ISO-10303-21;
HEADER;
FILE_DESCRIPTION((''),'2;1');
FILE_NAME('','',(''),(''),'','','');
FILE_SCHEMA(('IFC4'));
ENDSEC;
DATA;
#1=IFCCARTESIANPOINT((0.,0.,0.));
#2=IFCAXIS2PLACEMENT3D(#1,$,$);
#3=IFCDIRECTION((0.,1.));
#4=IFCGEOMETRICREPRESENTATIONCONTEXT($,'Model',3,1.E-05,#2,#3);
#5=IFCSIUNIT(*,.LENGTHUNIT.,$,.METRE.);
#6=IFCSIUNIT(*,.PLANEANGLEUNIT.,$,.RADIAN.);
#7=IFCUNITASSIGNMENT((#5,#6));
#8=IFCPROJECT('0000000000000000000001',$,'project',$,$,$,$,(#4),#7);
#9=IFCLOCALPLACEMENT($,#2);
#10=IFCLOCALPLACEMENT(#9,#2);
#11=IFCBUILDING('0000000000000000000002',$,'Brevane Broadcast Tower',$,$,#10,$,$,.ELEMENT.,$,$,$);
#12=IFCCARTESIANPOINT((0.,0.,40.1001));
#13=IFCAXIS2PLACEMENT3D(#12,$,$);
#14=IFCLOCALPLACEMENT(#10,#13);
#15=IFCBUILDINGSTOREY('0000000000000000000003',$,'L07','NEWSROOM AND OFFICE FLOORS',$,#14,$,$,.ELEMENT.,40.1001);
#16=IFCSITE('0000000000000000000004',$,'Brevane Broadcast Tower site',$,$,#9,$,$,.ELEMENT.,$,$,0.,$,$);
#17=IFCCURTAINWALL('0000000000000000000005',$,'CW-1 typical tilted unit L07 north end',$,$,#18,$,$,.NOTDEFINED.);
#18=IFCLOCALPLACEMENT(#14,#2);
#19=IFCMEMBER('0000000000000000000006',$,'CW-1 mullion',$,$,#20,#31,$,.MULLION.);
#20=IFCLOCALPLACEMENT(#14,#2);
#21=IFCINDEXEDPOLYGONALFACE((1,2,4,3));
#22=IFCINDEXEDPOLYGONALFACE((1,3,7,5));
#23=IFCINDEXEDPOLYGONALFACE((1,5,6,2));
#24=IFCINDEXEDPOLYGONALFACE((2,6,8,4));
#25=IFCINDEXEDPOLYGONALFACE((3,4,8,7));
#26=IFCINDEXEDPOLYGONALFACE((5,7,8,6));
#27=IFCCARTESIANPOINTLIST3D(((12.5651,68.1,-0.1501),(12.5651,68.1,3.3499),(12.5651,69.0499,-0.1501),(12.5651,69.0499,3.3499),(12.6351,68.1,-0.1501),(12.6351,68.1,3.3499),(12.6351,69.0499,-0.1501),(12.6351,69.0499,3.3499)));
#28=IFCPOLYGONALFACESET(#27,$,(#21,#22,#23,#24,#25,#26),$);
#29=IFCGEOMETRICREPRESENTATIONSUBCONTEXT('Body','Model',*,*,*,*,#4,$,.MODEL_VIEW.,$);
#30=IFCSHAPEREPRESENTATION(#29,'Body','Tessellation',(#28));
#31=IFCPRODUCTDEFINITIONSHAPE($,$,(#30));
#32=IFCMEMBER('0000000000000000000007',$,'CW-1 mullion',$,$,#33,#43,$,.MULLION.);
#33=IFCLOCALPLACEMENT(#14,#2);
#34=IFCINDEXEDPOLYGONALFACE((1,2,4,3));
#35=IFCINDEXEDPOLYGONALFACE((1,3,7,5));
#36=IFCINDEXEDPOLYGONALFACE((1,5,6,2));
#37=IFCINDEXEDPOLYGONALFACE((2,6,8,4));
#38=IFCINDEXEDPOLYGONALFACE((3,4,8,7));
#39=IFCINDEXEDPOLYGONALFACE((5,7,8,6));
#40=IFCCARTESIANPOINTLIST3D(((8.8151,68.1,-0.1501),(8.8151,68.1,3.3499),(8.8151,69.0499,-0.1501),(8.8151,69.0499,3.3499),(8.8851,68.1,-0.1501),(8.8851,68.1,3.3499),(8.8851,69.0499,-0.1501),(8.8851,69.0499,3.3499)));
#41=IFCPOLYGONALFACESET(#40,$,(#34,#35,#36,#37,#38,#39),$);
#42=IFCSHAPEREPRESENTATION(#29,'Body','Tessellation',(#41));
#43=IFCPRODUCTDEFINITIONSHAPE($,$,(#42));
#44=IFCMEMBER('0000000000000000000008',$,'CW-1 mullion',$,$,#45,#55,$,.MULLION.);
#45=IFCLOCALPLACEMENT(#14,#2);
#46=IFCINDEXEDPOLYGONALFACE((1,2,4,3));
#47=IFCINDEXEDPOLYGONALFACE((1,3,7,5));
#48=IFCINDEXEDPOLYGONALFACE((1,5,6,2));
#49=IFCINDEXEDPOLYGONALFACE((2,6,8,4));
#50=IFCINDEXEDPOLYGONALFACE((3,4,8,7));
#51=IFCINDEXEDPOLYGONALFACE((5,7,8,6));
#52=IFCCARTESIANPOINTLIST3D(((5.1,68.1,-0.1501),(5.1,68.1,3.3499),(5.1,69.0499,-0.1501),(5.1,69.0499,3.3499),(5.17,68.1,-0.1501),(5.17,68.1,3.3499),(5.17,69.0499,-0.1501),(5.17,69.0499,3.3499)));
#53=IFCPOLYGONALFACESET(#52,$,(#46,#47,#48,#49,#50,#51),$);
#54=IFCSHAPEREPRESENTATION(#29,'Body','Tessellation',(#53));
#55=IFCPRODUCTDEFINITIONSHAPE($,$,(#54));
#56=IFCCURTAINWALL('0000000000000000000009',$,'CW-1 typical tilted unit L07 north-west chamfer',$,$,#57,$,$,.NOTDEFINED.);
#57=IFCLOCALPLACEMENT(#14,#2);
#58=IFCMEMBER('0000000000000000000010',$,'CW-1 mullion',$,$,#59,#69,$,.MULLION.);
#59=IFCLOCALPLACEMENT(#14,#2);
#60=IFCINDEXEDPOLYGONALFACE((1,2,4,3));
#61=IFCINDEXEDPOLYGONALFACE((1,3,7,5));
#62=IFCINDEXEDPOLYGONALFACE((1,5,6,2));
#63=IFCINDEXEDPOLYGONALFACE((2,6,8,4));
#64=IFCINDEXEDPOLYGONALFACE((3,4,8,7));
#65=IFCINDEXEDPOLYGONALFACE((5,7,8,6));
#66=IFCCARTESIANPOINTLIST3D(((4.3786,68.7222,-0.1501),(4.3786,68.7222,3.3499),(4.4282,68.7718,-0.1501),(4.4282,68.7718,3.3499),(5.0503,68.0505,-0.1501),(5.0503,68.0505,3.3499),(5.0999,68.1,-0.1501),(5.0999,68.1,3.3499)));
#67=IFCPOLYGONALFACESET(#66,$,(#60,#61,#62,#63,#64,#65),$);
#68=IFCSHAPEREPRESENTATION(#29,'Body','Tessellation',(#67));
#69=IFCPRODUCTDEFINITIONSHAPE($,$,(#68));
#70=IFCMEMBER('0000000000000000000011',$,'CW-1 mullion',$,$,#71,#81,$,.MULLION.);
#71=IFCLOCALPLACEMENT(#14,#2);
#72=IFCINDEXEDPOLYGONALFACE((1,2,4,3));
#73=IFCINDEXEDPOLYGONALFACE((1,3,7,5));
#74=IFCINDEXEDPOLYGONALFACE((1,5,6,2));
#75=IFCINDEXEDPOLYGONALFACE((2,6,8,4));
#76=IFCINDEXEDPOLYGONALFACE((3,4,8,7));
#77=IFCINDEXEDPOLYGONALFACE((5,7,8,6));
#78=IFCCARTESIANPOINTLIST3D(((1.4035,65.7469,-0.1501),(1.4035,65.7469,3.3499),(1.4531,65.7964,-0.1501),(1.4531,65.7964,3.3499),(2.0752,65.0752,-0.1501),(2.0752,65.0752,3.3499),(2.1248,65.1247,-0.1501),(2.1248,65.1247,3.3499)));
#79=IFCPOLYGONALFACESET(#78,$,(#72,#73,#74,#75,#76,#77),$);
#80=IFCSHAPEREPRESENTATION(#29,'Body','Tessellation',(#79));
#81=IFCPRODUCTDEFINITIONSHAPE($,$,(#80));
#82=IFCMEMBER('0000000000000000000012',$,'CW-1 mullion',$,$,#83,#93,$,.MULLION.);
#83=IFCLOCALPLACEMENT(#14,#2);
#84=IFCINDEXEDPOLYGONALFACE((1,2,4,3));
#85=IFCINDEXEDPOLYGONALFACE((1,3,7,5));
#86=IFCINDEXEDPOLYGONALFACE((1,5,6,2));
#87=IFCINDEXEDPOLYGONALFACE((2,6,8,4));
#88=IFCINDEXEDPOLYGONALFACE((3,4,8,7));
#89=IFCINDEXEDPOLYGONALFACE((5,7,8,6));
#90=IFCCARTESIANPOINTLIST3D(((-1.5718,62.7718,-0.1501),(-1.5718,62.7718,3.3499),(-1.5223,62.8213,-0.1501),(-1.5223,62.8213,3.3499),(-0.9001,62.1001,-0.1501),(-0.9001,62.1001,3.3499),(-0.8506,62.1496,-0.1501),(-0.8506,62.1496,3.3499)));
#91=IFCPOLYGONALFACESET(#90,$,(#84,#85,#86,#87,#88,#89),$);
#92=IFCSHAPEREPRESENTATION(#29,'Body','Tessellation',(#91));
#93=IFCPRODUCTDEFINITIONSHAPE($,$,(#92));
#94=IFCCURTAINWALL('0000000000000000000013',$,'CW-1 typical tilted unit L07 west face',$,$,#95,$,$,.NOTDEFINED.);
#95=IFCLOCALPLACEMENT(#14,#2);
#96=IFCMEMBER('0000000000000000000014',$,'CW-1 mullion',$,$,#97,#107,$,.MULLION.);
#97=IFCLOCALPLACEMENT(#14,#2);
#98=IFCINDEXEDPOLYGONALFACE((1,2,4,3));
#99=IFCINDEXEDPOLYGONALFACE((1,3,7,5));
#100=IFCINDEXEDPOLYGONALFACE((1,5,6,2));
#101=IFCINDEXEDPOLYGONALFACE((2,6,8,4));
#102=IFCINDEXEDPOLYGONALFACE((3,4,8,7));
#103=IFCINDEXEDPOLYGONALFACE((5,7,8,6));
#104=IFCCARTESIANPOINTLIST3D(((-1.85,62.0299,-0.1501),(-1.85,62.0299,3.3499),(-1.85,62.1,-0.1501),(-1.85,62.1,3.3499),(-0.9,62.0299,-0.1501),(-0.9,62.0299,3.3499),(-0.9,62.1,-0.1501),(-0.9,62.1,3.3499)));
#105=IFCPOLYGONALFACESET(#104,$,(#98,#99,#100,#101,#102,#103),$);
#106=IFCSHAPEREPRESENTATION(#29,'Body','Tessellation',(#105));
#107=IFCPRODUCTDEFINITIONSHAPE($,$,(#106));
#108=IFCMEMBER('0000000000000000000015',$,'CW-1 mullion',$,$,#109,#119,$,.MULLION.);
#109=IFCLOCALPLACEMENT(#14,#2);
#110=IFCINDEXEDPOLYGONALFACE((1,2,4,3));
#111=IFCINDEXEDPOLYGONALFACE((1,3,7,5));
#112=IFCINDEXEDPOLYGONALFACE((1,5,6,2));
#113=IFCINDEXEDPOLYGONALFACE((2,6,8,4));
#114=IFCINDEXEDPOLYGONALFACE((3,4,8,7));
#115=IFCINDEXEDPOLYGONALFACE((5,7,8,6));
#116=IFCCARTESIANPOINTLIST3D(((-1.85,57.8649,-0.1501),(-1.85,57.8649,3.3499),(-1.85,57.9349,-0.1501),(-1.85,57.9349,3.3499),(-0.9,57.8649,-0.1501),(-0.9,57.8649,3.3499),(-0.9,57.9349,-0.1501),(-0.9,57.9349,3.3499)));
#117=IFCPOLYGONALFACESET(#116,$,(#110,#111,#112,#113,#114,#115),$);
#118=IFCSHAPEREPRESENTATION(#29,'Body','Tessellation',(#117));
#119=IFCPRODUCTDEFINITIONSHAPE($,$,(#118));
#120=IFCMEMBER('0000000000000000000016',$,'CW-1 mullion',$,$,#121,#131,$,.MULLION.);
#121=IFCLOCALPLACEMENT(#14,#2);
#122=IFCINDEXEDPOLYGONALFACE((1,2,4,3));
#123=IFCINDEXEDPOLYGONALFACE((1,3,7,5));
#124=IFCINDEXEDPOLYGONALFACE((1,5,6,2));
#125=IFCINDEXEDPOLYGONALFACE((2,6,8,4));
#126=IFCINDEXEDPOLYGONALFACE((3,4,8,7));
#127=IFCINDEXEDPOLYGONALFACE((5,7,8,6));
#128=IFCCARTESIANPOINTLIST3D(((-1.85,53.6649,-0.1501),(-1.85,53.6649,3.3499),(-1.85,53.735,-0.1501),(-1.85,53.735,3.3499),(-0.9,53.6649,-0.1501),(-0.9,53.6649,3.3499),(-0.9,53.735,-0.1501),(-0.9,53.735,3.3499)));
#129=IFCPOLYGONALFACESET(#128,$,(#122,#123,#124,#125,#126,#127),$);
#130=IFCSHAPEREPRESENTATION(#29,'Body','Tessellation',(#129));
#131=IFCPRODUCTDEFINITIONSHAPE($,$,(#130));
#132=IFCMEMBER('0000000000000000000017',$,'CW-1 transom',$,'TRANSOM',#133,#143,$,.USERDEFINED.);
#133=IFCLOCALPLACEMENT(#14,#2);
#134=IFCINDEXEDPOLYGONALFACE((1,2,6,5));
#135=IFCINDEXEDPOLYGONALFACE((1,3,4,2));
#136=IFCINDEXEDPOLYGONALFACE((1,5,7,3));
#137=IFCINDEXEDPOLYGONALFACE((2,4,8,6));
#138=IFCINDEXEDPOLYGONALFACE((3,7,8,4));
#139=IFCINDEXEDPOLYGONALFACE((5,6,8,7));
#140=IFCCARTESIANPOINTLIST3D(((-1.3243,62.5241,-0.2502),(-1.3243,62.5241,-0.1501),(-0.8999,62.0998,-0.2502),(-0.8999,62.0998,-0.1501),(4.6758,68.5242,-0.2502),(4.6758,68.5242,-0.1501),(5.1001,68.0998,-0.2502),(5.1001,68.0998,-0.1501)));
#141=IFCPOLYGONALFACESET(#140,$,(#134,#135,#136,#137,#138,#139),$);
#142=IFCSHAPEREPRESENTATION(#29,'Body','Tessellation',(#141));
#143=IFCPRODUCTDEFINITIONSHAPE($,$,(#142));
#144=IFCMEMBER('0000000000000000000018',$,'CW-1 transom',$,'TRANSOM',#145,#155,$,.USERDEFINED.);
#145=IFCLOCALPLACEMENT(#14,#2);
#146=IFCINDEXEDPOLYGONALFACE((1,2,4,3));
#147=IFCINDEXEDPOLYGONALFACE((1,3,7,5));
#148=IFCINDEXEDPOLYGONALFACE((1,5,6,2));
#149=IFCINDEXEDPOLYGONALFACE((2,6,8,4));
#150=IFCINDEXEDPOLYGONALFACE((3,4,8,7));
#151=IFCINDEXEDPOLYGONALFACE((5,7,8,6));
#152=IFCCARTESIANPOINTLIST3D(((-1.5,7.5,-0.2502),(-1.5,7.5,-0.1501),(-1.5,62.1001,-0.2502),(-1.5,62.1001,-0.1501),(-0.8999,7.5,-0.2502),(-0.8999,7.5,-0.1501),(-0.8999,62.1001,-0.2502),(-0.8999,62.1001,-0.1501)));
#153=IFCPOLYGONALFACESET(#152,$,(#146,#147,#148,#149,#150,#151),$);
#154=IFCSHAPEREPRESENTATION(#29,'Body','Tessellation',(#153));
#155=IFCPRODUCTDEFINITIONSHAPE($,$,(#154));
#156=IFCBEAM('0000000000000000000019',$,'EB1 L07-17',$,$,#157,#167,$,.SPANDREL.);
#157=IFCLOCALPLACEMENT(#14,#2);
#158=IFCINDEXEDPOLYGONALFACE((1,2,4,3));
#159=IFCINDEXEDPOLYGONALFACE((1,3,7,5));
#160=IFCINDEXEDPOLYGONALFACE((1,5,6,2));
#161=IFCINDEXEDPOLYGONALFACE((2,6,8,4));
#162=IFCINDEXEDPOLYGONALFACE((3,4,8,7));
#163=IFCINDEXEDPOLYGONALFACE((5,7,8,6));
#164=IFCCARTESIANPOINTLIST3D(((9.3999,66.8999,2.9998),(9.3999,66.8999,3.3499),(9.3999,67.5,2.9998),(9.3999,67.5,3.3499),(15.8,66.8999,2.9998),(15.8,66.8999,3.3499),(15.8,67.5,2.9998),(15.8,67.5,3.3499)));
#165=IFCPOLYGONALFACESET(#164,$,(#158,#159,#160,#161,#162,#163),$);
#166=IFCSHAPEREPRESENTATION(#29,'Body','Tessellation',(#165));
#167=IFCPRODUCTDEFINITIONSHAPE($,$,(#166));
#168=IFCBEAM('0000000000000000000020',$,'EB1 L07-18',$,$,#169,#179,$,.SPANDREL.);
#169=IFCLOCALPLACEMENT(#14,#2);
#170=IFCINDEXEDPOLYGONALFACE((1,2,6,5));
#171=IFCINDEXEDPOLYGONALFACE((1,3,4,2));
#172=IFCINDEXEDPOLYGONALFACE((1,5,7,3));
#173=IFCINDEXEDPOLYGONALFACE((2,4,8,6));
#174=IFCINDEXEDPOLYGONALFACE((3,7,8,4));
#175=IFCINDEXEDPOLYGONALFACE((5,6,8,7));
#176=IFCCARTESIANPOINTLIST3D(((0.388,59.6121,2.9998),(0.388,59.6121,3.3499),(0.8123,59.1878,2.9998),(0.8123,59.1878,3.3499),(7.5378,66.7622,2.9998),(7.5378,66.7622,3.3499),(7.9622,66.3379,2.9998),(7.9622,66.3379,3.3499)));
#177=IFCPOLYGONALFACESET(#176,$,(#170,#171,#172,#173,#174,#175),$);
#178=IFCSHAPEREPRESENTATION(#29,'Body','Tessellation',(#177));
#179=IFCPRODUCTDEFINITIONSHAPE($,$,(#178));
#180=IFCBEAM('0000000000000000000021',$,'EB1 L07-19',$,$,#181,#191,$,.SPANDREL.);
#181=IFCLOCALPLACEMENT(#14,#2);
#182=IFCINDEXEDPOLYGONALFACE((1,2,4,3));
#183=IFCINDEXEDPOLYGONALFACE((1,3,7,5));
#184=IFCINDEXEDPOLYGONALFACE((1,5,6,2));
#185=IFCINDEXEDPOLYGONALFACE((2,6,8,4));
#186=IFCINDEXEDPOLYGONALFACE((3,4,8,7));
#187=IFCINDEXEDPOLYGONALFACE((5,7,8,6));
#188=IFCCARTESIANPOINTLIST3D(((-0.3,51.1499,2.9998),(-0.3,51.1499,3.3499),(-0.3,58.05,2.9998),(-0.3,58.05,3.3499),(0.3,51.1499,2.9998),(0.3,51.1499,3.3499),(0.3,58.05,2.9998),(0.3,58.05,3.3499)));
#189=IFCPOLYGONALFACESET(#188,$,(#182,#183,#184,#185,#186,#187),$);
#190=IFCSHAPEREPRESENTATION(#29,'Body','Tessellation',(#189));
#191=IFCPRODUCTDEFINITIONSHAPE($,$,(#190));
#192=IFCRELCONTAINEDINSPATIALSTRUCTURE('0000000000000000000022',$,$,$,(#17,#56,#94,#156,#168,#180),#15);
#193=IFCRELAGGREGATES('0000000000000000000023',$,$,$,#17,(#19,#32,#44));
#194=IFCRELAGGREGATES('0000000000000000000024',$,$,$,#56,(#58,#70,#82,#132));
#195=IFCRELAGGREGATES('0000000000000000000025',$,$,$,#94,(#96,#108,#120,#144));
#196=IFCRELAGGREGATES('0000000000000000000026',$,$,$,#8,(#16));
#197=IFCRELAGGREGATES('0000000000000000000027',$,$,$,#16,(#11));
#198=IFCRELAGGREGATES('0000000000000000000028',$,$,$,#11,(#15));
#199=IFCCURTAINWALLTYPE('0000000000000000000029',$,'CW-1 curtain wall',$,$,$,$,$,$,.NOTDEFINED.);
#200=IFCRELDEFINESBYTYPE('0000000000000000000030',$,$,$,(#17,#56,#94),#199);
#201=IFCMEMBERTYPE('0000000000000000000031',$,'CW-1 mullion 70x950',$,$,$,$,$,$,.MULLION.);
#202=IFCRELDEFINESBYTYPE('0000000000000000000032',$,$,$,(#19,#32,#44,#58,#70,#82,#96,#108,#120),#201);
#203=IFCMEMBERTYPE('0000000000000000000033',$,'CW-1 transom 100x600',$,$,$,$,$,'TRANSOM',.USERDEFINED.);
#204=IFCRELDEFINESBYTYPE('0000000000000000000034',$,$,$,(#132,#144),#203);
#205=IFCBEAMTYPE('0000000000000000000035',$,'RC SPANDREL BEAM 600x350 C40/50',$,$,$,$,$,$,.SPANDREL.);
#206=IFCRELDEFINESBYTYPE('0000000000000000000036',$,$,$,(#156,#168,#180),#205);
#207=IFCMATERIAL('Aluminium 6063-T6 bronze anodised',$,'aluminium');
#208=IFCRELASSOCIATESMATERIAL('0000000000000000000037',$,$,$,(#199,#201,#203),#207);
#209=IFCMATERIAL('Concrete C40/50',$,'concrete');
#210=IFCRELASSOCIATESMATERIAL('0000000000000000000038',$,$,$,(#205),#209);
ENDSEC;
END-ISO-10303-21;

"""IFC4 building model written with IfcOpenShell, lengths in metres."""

from ifc_helpers import new_model, si_unit, direction, frame, origin, origin_2d, place, context, subcontext, project, spatial, rectangle, extrude, material, material_profile, profile_set, type_object, element, aggregate, save


model = new_model("IFC4")

# Units and contexts
model_context = context("Model", 3, precision=1e-05, world=origin(), true_north=direction((0.0, 1.0)))
body_context = subcontext(model_context, "Body", "Model", "MODEL_VIEW")
ifc_project = project(units=[si_unit("LENGTHUNIT", "METRE"), si_unit("PLANEANGLEUNIT", "RADIAN")], contexts=[model_context])

# Site, building, storey
site_placement = place(None, origin())
site = spatial("IfcSite", under=ifc_project, at=site_placement, Name="Brevane Broadcast Tower site", CompositionType="ELEMENT", RefElevation=0.0)
building_placement = place(site_placement, origin())
building = spatial("IfcBuilding", under=site, at=building_placement, Name="Brevane Broadcast Tower", CompositionType="ELEMENT")
storey_placement = place(building_placement, frame((0.0, 0.0, 40.1001)))
storey = spatial("IfcBuildingStorey", under=building, at=storey_placement, Name="L07", Description="NEWSROOM AND OFFICE FLOORS", CompositionType="ELEMENT", Elevation=40.1001)

# Curtain walls, members
ifc_material_1 = material(Name="Aluminium 6063-T6 bronze anodised", Category="aluminium")
curtain_wall_type = type_object("IfcCurtainWallType", Name="CW-1 curtain wall", PredefinedType="NOTDEFINED", material=ifc_material_1)
curtain_wall_1_placement = place(storey_placement, origin())
curtain_wall_1 = element("IfcCurtainWall", 1, at=curtain_wall_1_placement, inside=storey, type_object=curtain_wall_type, Name="CW-1 typical tilted unit L07 north end", PredefinedType="NOTDEFINED")
ifc_material_profile_1 = material_profile(ifc_material_1, rectangle(XDim=0.95, YDim=0.0701, at=origin_2d()), Name="RECT 70x950")
ifc_profile_set_1 = profile_set([ifc_material_profile_1], Name="Aluminium 6063-T6 bronze anodised")
member_type_1 = type_object("IfcMemberType", Name="CW-1 mullion 70x950", PredefinedType="MULLION", material=ifc_profile_set_1)
member_1_placement = place(storey_placement, frame((12.6001, 68.575, -0.1501), z_axis=(0.0, 0.0, 1.0), x_axis=(0.0, -1.0, 0.0)))
member_1 = element("IfcMember", 2, at=member_1_placement, type_object=member_type_1, Name="CW-1 mullion", PredefinedType="MULLION", context=body_context, shape_type="SweptSolid", body=[
    extrude(rectangle(XDim=0.95, YDim=0.0701, at=origin_2d()), origin(), (0.0, 0.0, 1.0), 3.5),
])
member_2_placement = place(storey_placement, frame((8.8501, 68.575, -0.1501), z_axis=(0.0, 0.0, 1.0), x_axis=(0.0, -1.0, 0.0)))
member_2 = element("IfcMember", 3, at=member_2_placement, type_object=member_type_1, Name="CW-1 mullion", PredefinedType="MULLION", context=body_context, shape_type="SweptSolid", body=[
    extrude(rectangle(XDim=0.95, YDim=0.0701, at=origin_2d()), origin(), (0.0, 0.0, 1.0), 3.5),
])
member_3_placement = place(storey_placement, frame((5.135, 68.575, -0.1501), z_axis=(0.0, 0.0, 1.0), x_axis=(0.0, -1.0, 0.0)))
member_3 = element("IfcMember", 4, at=member_3_placement, type_object=member_type_1, Name="CW-1 mullion", PredefinedType="MULLION", context=body_context, shape_type="SweptSolid", body=[
    extrude(rectangle(XDim=0.95, YDim=0.0701, at=origin_2d()), origin(), (0.0, 0.0, 1.0), 3.5),
])
aggregate(curtain_wall_1, [member_1, member_2, member_3])
curtain_wall_2_placement = place(storey_placement, origin())
curtain_wall_2 = element("IfcCurtainWall", 5, at=curtain_wall_2_placement, inside=storey, type_object=curtain_wall_type, Name="CW-1 typical tilted unit L07 north-west chamfer", PredefinedType="NOTDEFINED")
member_4_placement = place(storey_placement, frame((4.7393, 68.4111, -0.1501), z_axis=(0.0, 0.0, 1.0), x_axis=(0.707107, -0.707107, 0.0)))
member_4 = element("IfcMember", 6, at=member_4_placement, type_object=member_type_1, Name="CW-1 mullion", PredefinedType="MULLION", context=body_context, shape_type="SweptSolid", body=[
    extrude(rectangle(XDim=0.95, YDim=0.0701, at=origin_2d()), origin(), (0.0, 0.0, 1.0), 3.5),
])
member_5_placement = place(storey_placement, frame((1.7642, 65.4358, -0.1501), z_axis=(0.0, 0.0, 1.0), x_axis=(0.707107, -0.707107, 0.0)))
member_5 = element("IfcMember", 7, at=member_5_placement, type_object=member_type_1, Name="CW-1 mullion", PredefinedType="MULLION", context=body_context, shape_type="SweptSolid", body=[
    extrude(rectangle(XDim=0.95, YDim=0.0701, at=origin_2d()), origin(), (0.0, 0.0, 1.0), 3.5),
])
member_6_placement = place(storey_placement, frame((-1.2112, 62.4607, -0.1501), z_axis=(0.0, 0.0, 1.0), x_axis=(0.707107, -0.707107, 0.0)))
member_6 = element("IfcMember", 8, at=member_6_placement, type_object=member_type_1, Name="CW-1 mullion", PredefinedType="MULLION", context=body_context, shape_type="SweptSolid", body=[
    extrude(rectangle(XDim=0.95, YDim=0.0701, at=origin_2d()), origin(), (0.0, 0.0, 1.0), 3.5),
])
curtain_wall_3_placement = place(storey_placement, origin())
curtain_wall_3 = element("IfcCurtainWall", 9, at=curtain_wall_3_placement, inside=storey, type_object=curtain_wall_type, Name="CW-1 typical tilted unit L07 west face", PredefinedType="NOTDEFINED")
member_7_placement = place(storey_placement, frame((-1.375, 62.0649, -0.1501), z_axis=(0.0, 0.0, 1.0), x_axis=(1.0, 0.0, 0.0)))
member_7 = element("IfcMember", 10, at=member_7_placement, type_object=member_type_1, Name="CW-1 mullion", PredefinedType="MULLION", context=body_context, shape_type="SweptSolid", body=[
    extrude(rectangle(XDim=0.95, YDim=0.0701, at=origin_2d()), origin(), (0.0, 0.0, 1.0), 3.5),
])
member_8_placement = place(storey_placement, frame((-1.375, 57.8999, -0.1501), z_axis=(0.0, 0.0, 1.0), x_axis=(1.0, 0.0, 0.0)))
member_8 = element("IfcMember", 11, at=member_8_placement, type_object=member_type_1, Name="CW-1 mullion", PredefinedType="MULLION", context=body_context, shape_type="SweptSolid", body=[
    extrude(rectangle(XDim=0.95, YDim=0.0701, at=origin_2d()), origin(), (0.0, 0.0, 1.0), 3.5),
])
member_9_placement = place(storey_placement, frame((-1.375, 53.7, -0.1501), z_axis=(0.0, 0.0, 1.0), x_axis=(1.0, 0.0, 0.0)))
member_9 = element("IfcMember", 12, at=member_9_placement, type_object=member_type_1, Name="CW-1 mullion", PredefinedType="MULLION", context=body_context, shape_type="SweptSolid", body=[
    extrude(rectangle(XDim=0.95, YDim=0.0701, at=origin_2d()), origin(), (0.0, 0.0, 1.0), 3.5),
])

# Members
ifc_material_profile_2 = material_profile(ifc_material_1, rectangle(XDim=0.6001, YDim=0.1001, at=origin_2d()), Name="RECT 100x600")
ifc_profile_set_2 = profile_set([ifc_material_profile_2], Name="Aluminium 6063-T6 bronze anodised")
member_type_2 = type_object("IfcMemberType", Name="CW-1 transom 100x600", ElementType="TRANSOM", PredefinedType="USERDEFINED", material=ifc_profile_set_2)
member_10_placement = place(storey_placement, frame((4.8879, 68.312, -0.2002), z_axis=(-0.707107, -0.707107, 0.0), x_axis=(0.707107, -0.707107, 0.0)))
member_10 = element("IfcMember", 13, at=member_10_placement, type_object=member_type_2, Name="CW-1 transom", ObjectType="TRANSOM", PredefinedType="USERDEFINED", context=body_context, shape_type="SweptSolid", body=[
    extrude(rectangle(XDim=0.6001, YDim=0.1001, at=origin_2d()), origin(), (0.0, 0.0, 1.0), 8.4854),
])
aggregate(curtain_wall_2, [member_4, member_5, member_6, member_10])
member_11_placement = place(storey_placement, frame((-1.2, 62.1001, -0.2002), z_axis=(0.0, -1.0, 0.0), x_axis=(1.0, 0.0, 0.0)))
member_11 = element("IfcMember", 14, at=member_11_placement, type_object=member_type_2, Name="CW-1 transom", ObjectType="TRANSOM", PredefinedType="USERDEFINED", context=body_context, shape_type="SweptSolid", body=[
    extrude(rectangle(XDim=0.6001, YDim=0.1001, at=origin_2d()), origin(), (0.0, 0.0, 1.0), 54.6001),
])
aggregate(curtain_wall_3, [member_7, member_8, member_9, member_11])

# Beams
ifc_material_2 = material(Name="Concrete C40/50", Category="concrete")
ifc_material_profile_3 = material_profile(ifc_material_2, rectangle(XDim=0.6001, YDim=0.3501, at=origin_2d()), Name="RC 600x350")
ifc_profile_set_3 = profile_set([ifc_material_profile_3], Name="Concrete C40/50")
beam_type = type_object("IfcBeamType", Name="RC SPANDREL BEAM 600x350 C40/50", PredefinedType="SPANDREL", material=ifc_profile_set_3)
beam_1_placement = place(storey_placement, frame((15.8, 67.2, 3.1748), z_axis=(-1.0, 0.0, 0.0), x_axis=(0.0, -1.0, 0.0)))
element("IfcBeam", 15, at=beam_1_placement, inside=storey, type_object=beam_type, Name="EB1 L07-17", PredefinedType="SPANDREL", context=body_context, shape_type="SweptSolid", body=[
    extrude(rectangle(XDim=0.6001, YDim=0.3501, at=origin_2d()), origin(), (0.0, 0.0, 1.0), 6.4001),
])
beam_2_placement = place(storey_placement, frame((7.75, 66.55, 3.1748), z_axis=(-0.707095, -0.707119, 0.0), x_axis=(0.707119, -0.707095, 0.0)))
element("IfcBeam", 16, at=beam_2_placement, inside=storey, type_object=beam_type, Name="EB1 L07-18", PredefinedType="SPANDREL", context=body_context, shape_type="SweptSolid", body=[
    extrude(rectangle(XDim=0.6001, YDim=0.3501, at=origin_2d()), origin(), (0.0, 0.0, 1.0), 10.1116),
])
beam_3_placement = place(storey_placement, frame((0.0, 58.05, 3.1748), z_axis=(0.0, -1.0, 0.0), x_axis=(1.0, 0.0, 0.0)))
element("IfcBeam", 17, at=beam_3_placement, inside=storey, type_object=beam_type, Name="EB1 L07-19", PredefinedType="SPANDREL", context=body_context, shape_type="SweptSolid", body=[
    extrude(rectangle(XDim=0.6001, YDim=0.3501, at=origin_2d()), origin(), (0.0, 0.0, 1.0), 6.9001),
])

save(model, "model.ifc")
